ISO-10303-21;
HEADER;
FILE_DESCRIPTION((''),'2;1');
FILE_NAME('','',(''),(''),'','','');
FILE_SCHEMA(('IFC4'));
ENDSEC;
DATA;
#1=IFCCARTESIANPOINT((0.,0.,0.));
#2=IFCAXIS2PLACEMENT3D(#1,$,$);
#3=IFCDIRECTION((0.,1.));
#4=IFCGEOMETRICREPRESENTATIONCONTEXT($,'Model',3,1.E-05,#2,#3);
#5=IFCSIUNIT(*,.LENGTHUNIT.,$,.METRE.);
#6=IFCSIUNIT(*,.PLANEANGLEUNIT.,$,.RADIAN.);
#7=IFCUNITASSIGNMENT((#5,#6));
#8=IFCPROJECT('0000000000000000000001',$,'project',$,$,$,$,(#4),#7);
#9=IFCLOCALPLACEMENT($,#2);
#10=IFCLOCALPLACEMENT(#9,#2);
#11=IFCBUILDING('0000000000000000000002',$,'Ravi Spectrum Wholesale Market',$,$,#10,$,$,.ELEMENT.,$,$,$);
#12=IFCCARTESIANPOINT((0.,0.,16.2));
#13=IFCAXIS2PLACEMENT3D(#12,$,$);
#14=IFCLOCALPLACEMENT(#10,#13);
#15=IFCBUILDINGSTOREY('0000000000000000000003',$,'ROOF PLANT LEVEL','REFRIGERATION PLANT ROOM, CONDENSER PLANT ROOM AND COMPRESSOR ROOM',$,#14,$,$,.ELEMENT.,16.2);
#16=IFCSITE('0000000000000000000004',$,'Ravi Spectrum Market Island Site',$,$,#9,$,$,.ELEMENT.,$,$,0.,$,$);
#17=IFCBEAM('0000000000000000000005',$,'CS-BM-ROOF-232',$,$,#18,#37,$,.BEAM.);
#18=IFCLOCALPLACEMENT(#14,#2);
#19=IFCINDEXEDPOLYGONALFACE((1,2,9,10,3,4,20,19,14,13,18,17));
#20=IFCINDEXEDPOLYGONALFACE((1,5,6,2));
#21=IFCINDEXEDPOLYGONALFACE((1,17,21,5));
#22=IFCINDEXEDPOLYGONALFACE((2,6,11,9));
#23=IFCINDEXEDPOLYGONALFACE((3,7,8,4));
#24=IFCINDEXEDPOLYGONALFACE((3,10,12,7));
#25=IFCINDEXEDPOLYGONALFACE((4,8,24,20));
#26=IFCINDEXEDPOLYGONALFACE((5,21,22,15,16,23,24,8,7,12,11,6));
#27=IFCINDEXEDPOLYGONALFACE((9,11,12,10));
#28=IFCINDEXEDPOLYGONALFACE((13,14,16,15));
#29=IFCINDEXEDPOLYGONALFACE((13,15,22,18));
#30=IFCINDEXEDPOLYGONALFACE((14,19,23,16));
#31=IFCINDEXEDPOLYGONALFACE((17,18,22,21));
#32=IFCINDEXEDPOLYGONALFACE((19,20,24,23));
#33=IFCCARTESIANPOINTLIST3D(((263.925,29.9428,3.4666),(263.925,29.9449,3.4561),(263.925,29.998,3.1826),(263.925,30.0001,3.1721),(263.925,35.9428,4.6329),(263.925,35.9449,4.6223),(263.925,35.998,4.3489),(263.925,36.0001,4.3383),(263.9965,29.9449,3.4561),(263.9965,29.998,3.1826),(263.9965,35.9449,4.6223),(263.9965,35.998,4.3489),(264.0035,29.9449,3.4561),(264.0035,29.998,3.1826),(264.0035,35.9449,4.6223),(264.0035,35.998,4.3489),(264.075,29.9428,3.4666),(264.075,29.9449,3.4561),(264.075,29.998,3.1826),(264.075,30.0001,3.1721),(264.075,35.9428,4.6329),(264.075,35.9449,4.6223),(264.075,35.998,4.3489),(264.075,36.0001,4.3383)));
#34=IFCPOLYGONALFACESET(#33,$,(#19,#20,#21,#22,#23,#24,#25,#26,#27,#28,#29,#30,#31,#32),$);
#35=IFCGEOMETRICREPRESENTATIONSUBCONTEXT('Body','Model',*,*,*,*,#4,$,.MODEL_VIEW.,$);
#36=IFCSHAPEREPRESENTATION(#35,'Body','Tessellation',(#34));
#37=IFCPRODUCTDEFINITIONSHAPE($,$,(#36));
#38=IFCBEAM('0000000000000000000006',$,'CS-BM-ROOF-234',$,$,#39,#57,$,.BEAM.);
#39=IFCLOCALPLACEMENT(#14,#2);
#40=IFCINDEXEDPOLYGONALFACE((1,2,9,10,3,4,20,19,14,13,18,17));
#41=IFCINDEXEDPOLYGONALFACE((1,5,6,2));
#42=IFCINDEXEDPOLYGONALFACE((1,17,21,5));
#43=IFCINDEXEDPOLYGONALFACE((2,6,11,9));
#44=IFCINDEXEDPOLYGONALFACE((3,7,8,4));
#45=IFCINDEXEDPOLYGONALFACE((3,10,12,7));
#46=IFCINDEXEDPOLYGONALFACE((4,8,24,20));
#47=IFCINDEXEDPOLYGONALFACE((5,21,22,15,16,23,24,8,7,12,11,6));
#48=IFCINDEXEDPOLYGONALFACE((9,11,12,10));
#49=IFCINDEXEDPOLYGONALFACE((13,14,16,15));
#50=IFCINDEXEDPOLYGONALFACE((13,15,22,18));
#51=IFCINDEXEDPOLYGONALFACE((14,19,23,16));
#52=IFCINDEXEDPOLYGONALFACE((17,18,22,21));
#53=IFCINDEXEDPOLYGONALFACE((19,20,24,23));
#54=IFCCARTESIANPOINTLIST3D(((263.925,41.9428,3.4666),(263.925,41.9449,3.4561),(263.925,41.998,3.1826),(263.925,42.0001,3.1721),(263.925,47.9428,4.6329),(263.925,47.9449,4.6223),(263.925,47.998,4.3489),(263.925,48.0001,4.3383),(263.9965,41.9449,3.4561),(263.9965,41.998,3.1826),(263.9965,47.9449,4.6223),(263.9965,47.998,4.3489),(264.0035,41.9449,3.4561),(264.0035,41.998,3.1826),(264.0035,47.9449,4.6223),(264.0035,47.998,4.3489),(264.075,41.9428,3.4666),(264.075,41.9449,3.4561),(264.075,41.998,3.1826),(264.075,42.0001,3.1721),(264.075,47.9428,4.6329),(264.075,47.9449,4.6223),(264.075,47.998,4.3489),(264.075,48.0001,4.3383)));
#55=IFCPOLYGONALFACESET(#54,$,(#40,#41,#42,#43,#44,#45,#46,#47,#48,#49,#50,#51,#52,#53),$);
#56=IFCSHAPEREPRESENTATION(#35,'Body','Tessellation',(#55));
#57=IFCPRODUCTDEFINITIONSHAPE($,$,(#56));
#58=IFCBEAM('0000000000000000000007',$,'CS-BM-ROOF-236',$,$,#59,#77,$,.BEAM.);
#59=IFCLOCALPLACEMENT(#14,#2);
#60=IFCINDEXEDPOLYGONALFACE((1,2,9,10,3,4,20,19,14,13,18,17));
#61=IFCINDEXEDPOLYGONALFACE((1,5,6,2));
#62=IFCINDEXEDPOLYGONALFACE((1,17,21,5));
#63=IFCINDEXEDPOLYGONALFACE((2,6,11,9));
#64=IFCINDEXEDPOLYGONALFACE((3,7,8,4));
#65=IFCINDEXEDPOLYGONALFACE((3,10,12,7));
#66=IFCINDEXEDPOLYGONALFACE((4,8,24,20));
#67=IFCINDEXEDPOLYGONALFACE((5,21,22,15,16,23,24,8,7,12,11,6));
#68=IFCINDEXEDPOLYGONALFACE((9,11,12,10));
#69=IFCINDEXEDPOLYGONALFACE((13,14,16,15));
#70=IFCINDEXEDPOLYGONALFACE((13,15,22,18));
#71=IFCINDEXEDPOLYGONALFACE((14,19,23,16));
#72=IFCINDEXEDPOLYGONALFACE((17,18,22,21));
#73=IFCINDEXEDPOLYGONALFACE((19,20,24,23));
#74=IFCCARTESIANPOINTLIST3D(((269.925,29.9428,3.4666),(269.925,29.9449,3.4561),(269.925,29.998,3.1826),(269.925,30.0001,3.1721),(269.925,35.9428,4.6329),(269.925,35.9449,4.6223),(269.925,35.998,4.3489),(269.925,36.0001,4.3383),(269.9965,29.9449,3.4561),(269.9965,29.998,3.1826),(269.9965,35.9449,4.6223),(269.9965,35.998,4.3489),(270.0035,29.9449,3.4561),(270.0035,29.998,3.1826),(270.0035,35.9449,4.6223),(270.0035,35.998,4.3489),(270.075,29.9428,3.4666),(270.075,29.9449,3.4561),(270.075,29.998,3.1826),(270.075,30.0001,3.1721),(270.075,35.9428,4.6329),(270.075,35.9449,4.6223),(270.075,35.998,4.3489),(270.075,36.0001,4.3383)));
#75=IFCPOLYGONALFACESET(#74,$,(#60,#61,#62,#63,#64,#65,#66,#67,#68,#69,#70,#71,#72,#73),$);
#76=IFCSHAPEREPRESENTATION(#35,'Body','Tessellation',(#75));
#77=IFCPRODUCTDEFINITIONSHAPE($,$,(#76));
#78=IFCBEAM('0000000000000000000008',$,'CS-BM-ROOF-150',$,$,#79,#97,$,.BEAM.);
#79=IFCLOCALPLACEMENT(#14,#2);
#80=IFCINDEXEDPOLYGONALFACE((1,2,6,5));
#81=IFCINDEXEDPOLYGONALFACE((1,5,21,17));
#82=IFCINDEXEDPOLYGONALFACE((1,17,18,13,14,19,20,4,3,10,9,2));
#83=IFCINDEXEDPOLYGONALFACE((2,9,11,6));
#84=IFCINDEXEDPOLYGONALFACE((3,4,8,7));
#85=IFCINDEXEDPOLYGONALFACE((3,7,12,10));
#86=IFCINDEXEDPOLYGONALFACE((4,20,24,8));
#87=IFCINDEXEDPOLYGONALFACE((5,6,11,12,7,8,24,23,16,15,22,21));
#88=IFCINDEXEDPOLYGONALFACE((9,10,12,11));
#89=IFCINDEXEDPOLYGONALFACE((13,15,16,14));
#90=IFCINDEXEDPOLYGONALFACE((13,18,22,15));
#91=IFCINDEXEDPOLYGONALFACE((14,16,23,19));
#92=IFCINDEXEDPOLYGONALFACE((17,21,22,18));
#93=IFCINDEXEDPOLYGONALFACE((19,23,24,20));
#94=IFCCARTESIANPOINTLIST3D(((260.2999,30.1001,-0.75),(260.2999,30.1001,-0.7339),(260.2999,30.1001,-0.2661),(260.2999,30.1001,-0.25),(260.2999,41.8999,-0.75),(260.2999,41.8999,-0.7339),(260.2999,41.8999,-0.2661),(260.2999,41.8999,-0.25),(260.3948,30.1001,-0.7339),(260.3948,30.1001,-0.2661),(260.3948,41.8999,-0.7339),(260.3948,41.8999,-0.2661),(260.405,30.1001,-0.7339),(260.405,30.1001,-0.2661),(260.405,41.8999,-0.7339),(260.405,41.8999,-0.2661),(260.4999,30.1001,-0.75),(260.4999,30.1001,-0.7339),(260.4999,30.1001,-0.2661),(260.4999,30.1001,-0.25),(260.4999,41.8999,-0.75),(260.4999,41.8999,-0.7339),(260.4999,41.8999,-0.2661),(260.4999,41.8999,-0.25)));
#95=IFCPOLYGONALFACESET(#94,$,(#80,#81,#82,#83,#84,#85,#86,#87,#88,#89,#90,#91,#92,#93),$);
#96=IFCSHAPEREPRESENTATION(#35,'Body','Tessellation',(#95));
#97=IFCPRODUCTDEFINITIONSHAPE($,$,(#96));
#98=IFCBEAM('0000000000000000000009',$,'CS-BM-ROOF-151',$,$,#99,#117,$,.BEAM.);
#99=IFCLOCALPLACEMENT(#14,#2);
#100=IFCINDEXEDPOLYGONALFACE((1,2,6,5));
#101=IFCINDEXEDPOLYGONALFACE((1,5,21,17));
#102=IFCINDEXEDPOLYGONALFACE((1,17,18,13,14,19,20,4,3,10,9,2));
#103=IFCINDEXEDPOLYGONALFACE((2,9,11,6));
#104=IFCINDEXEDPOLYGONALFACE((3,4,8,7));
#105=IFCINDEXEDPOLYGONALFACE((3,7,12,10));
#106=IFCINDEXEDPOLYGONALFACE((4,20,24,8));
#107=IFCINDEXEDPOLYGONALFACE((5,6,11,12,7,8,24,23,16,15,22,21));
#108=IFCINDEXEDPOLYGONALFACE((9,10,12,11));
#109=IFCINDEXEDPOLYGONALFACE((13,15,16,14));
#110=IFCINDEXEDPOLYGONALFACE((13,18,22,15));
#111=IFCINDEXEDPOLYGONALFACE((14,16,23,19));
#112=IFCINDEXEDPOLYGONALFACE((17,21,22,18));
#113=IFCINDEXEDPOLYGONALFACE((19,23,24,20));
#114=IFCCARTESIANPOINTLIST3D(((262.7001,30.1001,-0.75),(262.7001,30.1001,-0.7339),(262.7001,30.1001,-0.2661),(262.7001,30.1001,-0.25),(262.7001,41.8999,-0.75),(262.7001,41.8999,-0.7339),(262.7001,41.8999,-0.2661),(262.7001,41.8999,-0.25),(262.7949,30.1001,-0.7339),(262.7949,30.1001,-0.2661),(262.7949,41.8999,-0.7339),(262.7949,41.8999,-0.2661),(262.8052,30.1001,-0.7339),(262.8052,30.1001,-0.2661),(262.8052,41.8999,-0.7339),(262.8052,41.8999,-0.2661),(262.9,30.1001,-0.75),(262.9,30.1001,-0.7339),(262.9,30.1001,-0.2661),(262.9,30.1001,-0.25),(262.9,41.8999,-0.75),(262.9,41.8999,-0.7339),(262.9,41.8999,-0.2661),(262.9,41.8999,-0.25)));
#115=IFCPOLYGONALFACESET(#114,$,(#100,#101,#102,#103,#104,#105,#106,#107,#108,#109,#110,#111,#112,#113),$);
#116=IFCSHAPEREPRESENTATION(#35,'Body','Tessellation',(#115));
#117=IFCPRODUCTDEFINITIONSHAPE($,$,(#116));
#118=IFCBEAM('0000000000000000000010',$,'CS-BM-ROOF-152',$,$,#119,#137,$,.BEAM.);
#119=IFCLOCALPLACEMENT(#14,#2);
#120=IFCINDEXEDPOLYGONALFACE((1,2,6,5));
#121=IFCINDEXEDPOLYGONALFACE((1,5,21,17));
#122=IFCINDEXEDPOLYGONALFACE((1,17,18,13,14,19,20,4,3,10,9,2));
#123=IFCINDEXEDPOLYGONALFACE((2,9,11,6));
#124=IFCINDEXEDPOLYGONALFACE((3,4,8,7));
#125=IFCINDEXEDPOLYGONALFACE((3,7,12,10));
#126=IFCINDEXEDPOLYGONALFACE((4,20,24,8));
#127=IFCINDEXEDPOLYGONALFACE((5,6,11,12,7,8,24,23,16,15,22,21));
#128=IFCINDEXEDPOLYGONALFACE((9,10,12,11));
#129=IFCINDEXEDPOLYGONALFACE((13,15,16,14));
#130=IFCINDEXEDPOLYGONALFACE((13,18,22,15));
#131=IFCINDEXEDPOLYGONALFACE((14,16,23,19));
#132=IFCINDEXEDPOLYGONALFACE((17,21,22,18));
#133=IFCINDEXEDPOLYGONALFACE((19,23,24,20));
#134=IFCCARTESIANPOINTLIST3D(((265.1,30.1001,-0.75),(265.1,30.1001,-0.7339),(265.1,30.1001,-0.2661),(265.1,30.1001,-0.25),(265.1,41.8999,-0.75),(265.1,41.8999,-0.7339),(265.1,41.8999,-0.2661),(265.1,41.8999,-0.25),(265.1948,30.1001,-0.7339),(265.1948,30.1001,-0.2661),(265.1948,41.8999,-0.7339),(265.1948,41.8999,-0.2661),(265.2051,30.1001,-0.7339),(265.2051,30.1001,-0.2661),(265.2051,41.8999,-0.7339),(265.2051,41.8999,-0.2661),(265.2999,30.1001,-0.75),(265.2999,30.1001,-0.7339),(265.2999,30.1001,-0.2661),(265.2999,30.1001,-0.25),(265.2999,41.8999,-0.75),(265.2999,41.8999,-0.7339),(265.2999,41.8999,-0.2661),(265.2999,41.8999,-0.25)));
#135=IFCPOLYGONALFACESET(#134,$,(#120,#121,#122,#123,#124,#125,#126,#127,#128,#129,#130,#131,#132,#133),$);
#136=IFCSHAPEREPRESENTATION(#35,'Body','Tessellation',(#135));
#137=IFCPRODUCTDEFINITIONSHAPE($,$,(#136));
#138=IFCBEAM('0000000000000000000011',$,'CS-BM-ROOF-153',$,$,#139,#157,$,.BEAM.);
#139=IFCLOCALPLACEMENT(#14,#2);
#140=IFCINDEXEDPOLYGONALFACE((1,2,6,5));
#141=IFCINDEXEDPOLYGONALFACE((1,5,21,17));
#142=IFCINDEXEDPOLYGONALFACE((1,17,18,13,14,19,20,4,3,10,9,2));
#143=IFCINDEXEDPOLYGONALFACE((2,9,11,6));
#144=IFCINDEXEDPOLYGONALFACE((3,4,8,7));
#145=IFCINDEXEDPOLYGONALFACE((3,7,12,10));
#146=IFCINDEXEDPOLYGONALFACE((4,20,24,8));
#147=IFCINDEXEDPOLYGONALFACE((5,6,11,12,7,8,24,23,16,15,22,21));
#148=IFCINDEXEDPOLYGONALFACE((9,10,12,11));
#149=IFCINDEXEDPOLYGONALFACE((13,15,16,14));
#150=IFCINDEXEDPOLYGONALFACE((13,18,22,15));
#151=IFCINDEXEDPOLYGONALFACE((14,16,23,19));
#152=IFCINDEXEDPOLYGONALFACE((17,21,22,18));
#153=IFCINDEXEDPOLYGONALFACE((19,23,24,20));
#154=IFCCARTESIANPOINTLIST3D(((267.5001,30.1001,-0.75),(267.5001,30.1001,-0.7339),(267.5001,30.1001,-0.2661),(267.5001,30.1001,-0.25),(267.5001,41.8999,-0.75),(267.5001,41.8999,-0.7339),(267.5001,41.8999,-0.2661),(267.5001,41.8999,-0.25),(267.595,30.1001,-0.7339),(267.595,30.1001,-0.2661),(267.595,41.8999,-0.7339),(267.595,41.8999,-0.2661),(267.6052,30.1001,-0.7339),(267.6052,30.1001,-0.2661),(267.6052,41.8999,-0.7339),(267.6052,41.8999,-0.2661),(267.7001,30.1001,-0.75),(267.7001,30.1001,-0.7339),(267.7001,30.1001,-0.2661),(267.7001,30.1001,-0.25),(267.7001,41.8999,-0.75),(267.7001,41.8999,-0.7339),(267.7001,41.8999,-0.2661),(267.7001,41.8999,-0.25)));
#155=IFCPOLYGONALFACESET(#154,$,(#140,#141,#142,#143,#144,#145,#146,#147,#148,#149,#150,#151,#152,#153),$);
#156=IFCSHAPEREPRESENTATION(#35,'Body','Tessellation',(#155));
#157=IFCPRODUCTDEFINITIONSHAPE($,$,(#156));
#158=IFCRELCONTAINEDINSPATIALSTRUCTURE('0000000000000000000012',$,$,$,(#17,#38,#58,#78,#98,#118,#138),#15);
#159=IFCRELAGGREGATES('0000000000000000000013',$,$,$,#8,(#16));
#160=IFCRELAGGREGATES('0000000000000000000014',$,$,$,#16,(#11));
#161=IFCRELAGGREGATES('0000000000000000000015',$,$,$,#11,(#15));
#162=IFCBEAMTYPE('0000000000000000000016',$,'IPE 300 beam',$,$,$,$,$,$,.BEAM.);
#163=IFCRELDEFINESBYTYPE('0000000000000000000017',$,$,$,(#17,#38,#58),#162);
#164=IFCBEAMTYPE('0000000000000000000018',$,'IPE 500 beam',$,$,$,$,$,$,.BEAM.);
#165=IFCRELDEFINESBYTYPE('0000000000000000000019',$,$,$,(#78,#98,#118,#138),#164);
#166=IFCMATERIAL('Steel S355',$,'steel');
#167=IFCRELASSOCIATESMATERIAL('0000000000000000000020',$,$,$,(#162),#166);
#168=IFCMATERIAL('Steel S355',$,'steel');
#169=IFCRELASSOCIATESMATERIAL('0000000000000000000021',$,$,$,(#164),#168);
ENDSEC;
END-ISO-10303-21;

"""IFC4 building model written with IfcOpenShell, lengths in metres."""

from ifc_helpers import new_model, si_unit, direction, frame, origin, origin_2d, place, context, subcontext, project, spatial, i_section, extrude, material, material_profile, profile_set, type_object, element, save


model = new_model("IFC4")

# Units and contexts
model_context = context("Model", 3, precision=1e-05, world=origin(), true_north=direction((0.0, 1.0)))
body_context = subcontext(model_context, "Body", "Model", "MODEL_VIEW")
ifc_project = project(units=[si_unit("LENGTHUNIT", "METRE"), si_unit("PLANEANGLEUNIT", "RADIAN")], contexts=[model_context])

# Site, building, storey
site_placement = place(None, origin())
site = spatial("IfcSite", under=ifc_project, at=site_placement, Name="Ravi Spectrum Market Island Site", CompositionType="ELEMENT", RefElevation=0.0)
building_placement = place(site_placement, origin())
building = spatial("IfcBuilding", under=site, at=building_placement, Name="Ravi Spectrum Wholesale Market", CompositionType="ELEMENT")
storey_placement = place(building_placement, frame((0.0, 0.0, 16.2)))
storey = spatial("IfcBuildingStorey", under=building, at=storey_placement, Name="ROOF PLANT LEVEL", Description="REFRIGERATION PLANT ROOM, CONDENSER PLANT ROOM AND COMPRESSOR ROOM", CompositionType="ELEMENT", Elevation=16.2)

# Beams
ifc_material_1 = material(Name="Steel S355", Category="steel")
ifc_material_profile_1 = material_profile(ifc_material_1, i_section(OverallWidth=0.1499, OverallDepth=0.3, WebThickness=0.0071, FlangeThickness=0.0107, at=origin_2d()))
ifc_profile_set_1 = profile_set([ifc_material_profile_1], Name="Steel S355")
beam_type_1 = type_object("IfcBeamType", Name="IPE 300 beam", PredefinedType="BEAM", material=ifc_profile_set_1)
for number, where, z_axis, x_axis, name in (
    (1, (264.0, 29.9714, 3.3193), (0.0, 0.981628, 0.190806), (-1.0, 0.0, 0.0), "CS-BM-ROOF-232"),
    (2, (264.0, 41.9714, 3.3193), (0.0, 0.981628, 0.190806), (-1.0, 0.0, 0.0), "CS-BM-ROOF-234"),
    (3, (270.0, 29.9714, 3.3193), (0.0, 0.981628, 0.190806), (-1.0, 0.0, 0.0), "CS-BM-ROOF-236"),
):
    element("IfcBeam", number, at=place(storey_placement, frame(where, z_axis=z_axis, x_axis=x_axis)), inside=storey, type_object=beam_type_1, Name=name, PredefinedType="BEAM", context=body_context, shape_type="SweptSolid", body=[
        extrude(i_section(OverallWidth=0.1499, OverallDepth=0.3, WebThickness=0.0071, FlangeThickness=0.0107, at=origin_2d()), origin(), (0.0, 0.0, 1.0), 6.1123),
    ])
ifc_material_2 = material(Name="Steel S355", Category="steel")
ifc_material_profile_2 = material_profile(ifc_material_2, i_section(OverallWidth=0.2, OverallDepth=0.5, WebThickness=0.0103, FlangeThickness=0.0161, at=origin_2d()))
ifc_profile_set_2 = profile_set([ifc_material_profile_2], Name="Steel S355")
beam_type_2 = type_object("IfcBeamType", Name="IPE 500 beam", PredefinedType="BEAM", material=ifc_profile_set_2)
for number, where, z_axis, x_axis, name in (
    (4, (260.3999, 30.1001, -0.5), (0.0, 1.0, 0.0), (-1.0, 0.0, 0.0), "CS-BM-ROOF-150"),
    (5, (262.8, 30.1001, -0.5), (0.0, 1.0, 0.0), (-1.0, 0.0, 0.0), "CS-BM-ROOF-151"),
    (6, (265.2, 30.1001, -0.5), (0.0, 1.0, 0.0), (-1.0, 0.0, 0.0), "CS-BM-ROOF-152"),
    (7, (267.6001, 30.1001, -0.5), (0.0, 1.0, 0.0), (-1.0, 0.0, 0.0), "CS-BM-ROOF-153"),
):
    element("IfcBeam", number, at=place(storey_placement, frame(where, z_axis=z_axis, x_axis=x_axis)), inside=storey, type_object=beam_type_2, Name=name, PredefinedType="BEAM", context=body_context, shape_type="SweptSolid", body=[
        extrude(i_section(OverallWidth=0.2, OverallDepth=0.5, WebThickness=0.0103, FlangeThickness=0.0161, at=origin_2d()), origin(), (0.0, 0.0, 1.0), 11.7998),
    ])

save(model, "model.ifc")
